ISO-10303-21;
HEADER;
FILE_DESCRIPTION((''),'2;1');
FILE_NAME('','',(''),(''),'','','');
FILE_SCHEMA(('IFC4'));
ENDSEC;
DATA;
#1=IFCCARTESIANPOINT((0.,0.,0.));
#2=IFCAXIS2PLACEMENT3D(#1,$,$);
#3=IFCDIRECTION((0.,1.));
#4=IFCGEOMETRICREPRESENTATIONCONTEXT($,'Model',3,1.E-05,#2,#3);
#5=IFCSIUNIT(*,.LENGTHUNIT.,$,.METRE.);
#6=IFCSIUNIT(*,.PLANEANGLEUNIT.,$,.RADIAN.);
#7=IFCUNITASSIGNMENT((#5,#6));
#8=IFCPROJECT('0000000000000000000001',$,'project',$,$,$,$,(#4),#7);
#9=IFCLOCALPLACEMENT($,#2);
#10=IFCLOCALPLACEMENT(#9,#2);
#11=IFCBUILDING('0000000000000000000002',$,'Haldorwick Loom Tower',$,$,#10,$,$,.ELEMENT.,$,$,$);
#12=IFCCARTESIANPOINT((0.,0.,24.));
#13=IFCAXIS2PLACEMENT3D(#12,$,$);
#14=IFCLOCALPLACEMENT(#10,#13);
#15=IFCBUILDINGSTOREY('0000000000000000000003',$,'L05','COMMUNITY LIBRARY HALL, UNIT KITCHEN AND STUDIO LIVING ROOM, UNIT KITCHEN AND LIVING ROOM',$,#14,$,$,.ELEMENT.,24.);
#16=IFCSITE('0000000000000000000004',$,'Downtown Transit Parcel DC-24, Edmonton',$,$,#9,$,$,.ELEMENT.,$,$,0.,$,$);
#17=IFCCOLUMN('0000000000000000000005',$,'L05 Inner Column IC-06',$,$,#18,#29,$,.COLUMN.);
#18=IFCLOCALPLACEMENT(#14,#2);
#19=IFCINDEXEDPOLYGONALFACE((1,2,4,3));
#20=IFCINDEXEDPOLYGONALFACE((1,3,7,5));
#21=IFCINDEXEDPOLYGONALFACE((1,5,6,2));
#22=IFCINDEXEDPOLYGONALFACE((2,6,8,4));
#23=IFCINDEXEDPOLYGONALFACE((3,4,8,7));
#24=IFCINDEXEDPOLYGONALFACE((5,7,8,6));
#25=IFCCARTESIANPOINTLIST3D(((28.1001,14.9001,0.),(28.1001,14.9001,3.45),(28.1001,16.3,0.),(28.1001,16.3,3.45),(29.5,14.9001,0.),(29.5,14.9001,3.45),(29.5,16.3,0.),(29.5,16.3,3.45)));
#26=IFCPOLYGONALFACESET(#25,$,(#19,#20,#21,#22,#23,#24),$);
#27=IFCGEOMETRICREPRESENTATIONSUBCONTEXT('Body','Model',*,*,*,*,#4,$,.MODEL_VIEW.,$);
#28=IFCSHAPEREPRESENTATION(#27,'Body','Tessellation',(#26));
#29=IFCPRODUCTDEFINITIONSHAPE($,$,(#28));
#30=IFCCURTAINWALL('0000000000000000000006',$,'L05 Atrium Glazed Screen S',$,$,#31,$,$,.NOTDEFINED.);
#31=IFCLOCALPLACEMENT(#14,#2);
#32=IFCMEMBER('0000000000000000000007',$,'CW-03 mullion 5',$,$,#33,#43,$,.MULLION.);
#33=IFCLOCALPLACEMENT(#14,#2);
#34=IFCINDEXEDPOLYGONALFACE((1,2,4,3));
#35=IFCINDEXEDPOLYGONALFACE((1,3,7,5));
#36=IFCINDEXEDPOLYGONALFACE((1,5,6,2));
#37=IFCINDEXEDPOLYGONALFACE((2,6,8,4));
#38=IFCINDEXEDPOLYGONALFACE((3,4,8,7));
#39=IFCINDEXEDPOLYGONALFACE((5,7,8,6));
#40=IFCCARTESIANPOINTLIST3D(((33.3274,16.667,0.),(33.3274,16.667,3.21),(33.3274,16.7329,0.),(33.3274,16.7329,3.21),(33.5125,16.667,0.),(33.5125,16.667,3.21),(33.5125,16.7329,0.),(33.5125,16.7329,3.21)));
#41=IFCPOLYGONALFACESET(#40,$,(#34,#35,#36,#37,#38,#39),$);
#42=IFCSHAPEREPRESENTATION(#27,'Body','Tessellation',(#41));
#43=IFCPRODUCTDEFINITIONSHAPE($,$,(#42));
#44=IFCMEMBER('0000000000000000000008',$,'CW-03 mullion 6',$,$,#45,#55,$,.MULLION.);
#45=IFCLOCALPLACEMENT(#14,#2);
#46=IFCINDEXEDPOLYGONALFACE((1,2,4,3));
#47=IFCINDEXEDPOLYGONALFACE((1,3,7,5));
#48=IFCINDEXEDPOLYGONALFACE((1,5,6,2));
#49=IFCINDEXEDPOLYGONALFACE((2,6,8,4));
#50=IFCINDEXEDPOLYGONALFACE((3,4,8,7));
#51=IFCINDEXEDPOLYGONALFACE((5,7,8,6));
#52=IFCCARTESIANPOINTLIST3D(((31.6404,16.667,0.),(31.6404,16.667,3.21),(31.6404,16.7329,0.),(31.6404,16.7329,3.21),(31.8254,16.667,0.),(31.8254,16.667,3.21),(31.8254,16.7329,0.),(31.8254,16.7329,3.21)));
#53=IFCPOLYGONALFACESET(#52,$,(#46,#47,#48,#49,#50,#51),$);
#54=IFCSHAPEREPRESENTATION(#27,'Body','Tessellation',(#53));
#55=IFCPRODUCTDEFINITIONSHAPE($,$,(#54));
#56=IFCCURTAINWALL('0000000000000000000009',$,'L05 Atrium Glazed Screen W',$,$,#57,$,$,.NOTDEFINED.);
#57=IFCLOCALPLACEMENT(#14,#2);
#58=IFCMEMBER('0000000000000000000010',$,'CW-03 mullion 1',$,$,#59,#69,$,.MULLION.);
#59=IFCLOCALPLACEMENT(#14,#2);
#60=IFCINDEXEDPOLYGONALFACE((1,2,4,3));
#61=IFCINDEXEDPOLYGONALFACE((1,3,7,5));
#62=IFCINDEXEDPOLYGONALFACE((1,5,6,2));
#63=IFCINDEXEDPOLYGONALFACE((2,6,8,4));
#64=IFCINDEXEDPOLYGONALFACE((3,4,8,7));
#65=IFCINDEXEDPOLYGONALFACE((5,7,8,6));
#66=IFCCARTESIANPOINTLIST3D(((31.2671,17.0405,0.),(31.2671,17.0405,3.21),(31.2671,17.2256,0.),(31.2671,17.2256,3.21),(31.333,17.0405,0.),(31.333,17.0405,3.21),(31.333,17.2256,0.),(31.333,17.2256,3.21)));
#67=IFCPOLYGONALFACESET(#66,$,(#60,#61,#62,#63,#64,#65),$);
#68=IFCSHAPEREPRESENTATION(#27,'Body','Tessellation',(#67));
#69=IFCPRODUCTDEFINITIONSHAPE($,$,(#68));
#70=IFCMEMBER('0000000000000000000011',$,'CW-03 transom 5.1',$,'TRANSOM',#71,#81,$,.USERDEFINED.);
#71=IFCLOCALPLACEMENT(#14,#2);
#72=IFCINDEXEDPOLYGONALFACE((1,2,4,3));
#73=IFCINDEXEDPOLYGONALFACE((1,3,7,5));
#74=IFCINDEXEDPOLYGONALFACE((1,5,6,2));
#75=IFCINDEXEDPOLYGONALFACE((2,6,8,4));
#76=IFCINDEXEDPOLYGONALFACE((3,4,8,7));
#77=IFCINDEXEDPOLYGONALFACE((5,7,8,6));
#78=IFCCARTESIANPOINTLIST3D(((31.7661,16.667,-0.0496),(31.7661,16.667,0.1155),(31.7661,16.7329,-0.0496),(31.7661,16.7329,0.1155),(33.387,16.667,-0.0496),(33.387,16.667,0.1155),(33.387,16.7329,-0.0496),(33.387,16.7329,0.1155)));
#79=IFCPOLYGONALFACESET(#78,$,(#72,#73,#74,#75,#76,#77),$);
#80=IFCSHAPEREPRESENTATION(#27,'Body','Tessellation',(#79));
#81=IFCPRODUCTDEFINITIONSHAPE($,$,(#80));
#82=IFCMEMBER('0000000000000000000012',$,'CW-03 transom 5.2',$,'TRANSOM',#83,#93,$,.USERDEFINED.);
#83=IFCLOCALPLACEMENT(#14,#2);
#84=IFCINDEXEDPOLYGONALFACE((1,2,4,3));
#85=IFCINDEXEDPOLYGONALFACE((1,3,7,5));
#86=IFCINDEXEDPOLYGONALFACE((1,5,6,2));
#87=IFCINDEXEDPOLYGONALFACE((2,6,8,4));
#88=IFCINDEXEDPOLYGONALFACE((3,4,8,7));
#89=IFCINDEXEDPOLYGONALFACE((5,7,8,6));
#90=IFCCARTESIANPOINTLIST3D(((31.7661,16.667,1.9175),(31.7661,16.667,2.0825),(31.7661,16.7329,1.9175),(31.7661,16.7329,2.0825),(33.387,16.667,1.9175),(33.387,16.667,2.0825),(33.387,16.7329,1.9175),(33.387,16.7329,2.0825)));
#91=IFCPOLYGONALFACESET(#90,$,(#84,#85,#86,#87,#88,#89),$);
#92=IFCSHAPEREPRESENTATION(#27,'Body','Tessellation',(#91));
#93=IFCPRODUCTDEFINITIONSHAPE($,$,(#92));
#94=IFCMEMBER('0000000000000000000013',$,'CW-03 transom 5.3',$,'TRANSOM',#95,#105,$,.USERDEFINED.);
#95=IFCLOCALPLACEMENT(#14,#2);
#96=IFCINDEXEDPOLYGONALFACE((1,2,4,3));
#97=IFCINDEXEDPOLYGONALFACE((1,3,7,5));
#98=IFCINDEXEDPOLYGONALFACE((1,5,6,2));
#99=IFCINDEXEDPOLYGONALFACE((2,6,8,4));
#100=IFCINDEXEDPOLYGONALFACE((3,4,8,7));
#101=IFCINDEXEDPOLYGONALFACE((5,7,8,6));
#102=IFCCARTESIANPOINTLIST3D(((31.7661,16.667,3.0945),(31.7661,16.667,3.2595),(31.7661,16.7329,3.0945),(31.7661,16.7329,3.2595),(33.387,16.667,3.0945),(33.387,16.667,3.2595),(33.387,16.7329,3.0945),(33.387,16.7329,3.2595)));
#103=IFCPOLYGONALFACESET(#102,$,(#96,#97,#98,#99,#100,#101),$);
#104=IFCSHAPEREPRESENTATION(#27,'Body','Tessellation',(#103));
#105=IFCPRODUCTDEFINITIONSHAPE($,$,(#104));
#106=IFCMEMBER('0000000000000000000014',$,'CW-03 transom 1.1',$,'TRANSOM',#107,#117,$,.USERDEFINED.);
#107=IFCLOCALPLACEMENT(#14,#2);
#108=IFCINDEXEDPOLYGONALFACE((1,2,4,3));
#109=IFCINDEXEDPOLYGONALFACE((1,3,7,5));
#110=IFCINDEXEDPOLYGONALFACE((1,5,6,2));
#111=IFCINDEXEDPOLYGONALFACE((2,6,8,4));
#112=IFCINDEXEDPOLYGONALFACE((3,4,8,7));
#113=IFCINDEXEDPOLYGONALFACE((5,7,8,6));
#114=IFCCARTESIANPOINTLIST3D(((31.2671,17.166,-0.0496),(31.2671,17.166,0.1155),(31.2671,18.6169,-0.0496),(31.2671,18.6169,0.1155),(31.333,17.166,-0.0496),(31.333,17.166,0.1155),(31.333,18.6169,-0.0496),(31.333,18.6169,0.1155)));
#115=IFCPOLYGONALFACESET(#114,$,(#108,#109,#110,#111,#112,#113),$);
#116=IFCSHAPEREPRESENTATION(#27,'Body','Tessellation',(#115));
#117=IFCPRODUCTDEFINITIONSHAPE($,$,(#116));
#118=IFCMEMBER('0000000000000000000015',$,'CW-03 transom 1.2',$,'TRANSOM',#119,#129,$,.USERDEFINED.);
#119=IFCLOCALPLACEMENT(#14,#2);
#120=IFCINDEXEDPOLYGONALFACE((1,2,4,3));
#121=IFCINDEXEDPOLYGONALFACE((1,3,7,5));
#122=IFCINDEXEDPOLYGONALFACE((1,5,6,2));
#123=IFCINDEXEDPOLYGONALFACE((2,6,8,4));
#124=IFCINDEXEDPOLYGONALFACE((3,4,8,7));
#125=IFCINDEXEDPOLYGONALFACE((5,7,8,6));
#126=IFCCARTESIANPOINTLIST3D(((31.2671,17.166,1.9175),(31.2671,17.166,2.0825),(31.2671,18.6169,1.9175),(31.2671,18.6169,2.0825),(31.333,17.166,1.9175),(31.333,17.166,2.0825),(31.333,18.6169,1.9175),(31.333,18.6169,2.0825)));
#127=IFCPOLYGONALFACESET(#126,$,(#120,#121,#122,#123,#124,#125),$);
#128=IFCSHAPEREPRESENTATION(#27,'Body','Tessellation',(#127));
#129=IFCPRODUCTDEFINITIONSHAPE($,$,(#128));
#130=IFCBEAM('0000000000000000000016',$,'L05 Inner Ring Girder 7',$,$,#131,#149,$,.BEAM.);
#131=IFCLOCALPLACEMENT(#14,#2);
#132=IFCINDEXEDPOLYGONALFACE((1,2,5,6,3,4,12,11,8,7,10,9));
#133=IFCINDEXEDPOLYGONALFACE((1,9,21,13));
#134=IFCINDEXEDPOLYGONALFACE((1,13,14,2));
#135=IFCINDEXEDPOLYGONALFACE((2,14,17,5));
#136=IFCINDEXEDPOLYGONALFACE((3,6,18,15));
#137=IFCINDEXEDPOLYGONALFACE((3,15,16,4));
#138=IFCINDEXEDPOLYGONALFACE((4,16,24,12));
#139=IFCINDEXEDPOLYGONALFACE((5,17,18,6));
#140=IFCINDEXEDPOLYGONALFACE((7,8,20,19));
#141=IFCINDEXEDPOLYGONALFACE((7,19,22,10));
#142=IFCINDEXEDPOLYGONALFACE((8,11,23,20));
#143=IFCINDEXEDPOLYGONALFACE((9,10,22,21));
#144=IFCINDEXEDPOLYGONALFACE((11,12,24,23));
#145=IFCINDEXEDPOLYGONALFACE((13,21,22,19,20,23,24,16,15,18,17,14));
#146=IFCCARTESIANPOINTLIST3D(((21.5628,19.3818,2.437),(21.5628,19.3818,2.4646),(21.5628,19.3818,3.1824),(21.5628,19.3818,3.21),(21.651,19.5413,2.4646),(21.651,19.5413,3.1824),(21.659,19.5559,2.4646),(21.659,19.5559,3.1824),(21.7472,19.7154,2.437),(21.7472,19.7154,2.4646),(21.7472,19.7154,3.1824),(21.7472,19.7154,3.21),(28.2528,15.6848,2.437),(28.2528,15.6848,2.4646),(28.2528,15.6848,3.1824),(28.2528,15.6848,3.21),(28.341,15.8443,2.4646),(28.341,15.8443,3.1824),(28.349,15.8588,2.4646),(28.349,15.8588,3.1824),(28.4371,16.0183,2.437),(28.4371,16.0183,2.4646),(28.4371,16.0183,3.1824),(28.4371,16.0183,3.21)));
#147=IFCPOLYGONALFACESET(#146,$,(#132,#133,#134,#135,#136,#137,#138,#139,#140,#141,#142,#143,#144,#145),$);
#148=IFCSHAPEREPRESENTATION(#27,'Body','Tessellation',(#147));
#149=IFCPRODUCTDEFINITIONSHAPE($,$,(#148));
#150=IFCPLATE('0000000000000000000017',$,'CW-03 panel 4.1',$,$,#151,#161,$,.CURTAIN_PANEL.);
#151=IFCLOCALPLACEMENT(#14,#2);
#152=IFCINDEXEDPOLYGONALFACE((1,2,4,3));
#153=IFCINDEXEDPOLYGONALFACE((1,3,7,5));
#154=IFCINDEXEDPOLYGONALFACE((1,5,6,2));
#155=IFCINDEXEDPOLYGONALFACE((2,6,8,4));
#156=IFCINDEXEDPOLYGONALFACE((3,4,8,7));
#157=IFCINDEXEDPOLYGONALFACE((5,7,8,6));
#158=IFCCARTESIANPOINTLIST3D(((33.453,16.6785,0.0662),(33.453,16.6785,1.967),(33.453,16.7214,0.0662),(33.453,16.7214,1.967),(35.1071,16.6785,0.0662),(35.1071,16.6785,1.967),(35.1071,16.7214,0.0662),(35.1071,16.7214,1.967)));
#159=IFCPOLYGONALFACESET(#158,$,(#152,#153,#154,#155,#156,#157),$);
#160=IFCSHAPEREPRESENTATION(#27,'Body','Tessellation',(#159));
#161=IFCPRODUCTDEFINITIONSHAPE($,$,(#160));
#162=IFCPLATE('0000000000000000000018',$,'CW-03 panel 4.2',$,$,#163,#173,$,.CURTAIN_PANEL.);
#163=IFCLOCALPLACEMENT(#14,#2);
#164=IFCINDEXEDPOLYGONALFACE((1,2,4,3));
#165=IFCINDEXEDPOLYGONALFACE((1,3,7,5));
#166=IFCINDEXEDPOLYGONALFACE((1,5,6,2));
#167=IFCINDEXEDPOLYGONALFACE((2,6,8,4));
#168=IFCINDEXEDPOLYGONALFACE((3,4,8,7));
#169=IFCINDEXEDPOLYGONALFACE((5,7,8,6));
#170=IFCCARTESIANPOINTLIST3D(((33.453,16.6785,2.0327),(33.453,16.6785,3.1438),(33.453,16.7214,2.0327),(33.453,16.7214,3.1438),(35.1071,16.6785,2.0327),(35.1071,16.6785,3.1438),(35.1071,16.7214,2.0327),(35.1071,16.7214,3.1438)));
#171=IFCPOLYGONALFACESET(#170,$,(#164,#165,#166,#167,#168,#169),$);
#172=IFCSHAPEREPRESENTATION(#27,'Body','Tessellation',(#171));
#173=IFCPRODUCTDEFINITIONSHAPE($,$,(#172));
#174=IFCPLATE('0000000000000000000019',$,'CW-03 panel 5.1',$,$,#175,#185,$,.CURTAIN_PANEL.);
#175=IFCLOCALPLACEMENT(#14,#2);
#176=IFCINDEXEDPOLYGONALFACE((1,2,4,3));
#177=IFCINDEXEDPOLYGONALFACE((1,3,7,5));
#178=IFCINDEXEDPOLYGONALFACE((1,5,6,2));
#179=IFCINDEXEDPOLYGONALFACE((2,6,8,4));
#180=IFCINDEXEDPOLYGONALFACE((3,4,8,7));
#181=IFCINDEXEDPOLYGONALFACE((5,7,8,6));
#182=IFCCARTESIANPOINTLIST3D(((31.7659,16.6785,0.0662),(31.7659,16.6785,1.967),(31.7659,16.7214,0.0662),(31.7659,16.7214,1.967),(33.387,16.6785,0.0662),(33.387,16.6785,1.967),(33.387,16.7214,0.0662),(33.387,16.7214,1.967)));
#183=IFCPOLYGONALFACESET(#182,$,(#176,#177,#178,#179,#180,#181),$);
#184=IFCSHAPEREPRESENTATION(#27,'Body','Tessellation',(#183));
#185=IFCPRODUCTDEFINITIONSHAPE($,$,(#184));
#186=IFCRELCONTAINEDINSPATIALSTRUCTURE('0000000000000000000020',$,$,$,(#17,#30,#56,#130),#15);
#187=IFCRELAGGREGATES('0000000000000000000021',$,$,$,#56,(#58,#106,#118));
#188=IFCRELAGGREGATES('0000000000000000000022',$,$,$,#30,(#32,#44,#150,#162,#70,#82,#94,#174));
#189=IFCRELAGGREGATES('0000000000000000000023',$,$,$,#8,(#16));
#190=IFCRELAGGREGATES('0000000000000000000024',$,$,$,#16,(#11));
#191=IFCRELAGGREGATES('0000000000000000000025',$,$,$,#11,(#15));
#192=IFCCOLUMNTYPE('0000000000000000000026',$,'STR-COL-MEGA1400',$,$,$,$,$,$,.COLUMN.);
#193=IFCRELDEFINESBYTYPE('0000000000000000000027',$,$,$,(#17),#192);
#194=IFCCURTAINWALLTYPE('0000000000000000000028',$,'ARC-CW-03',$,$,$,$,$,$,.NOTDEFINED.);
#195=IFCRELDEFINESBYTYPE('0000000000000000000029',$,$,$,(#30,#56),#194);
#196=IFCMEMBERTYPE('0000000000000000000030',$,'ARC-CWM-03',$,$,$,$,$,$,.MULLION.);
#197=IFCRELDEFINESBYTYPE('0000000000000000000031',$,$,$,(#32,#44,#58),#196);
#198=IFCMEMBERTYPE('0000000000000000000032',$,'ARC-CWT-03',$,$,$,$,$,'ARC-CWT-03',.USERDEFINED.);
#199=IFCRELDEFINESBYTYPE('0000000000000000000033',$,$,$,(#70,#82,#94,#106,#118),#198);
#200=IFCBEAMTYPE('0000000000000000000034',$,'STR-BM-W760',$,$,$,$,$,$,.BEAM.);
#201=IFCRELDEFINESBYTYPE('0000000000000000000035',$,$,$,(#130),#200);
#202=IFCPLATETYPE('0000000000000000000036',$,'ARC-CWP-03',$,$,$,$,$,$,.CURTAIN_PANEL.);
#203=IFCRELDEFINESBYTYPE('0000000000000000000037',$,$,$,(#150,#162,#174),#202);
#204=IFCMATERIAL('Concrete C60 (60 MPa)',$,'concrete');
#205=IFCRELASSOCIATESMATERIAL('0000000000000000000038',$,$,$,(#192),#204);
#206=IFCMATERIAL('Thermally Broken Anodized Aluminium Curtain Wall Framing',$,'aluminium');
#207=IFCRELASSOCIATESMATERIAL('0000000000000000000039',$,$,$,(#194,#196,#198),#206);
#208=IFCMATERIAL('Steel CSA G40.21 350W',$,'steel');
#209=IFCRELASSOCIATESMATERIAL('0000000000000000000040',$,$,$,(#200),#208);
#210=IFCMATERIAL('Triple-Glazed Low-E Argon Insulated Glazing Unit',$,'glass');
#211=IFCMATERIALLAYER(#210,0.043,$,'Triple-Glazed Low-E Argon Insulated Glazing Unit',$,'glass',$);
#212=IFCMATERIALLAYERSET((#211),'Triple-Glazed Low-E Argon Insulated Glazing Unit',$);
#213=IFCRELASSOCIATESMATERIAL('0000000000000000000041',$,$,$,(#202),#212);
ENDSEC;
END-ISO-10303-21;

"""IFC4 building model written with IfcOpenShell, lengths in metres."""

from ifc_helpers import new_model, si_unit, direction, frame, origin, origin_2d, place, context, subcontext, project, spatial, rectangle, i_section, extrude, material, layer, layer_set, material_profile, profile_set, type_object, element, aggregate, save


model = new_model("IFC4")

# Units and contexts
model_context = context("Model", 3, precision=1e-05, world=origin(), true_north=direction((0.0, 1.0)))
body_context = subcontext(model_context, "Body", "Model", "MODEL_VIEW")
ifc_project = project(units=[si_unit("LENGTHUNIT", "METRE"), si_unit("PLANEANGLEUNIT", "RADIAN")], contexts=[model_context])

# Site, building, storey
site_placement = place(None, origin())
site = spatial("IfcSite", under=ifc_project, at=site_placement, Name="Downtown Transit Parcel DC-24, Edmonton", CompositionType="ELEMENT", RefElevation=0.0)
building_placement = place(site_placement, origin())
building = spatial("IfcBuilding", under=site, at=building_placement, Name="Haldorwick Loom Tower", CompositionType="ELEMENT")
storey_placement = place(building_placement, frame((0.0, 0.0, 24.0)))
storey = spatial("IfcBuildingStorey", under=building, at=storey_placement, Name="L05", Description="COMMUNITY LIBRARY HALL, UNIT KITCHEN AND STUDIO LIVING ROOM, UNIT KITCHEN AND LIVING ROOM", CompositionType="ELEMENT", Elevation=24.0)

# Column
ifc_material_1 = material(Name="Concrete C60 (60 MPa)", Category="concrete")
ifc_material_profile_1 = material_profile(ifc_material_1, rectangle(XDim=1.3999, YDim=1.3999, at=origin_2d()), Name="RC1400X1400", Category="concrete")
ifc_profile_set_1 = profile_set([ifc_material_profile_1], Name="Concrete C60 (60 MPa)")
column_type = type_object("IfcColumnType", Name="STR-COL-MEGA1400", PredefinedType="COLUMN", material=ifc_profile_set_1)
column_placement = place(storey_placement, frame((28.8, 15.6001, 0.0), z_axis=(0.0, 0.0, 1.0), x_axis=(1.0, 0.0, 0.0)))
element("IfcColumn", 1, at=column_placement, inside=storey, type_object=column_type, Name="L05 Inner Column IC-06", PredefinedType="COLUMN", context=body_context, shape_type="SweptSolid", body=[
    extrude(rectangle(XDim=1.3999, YDim=1.3999, at=origin_2d()), origin(), (0.0, 0.0, 1.0), 3.45),
])

# Curtain wall, members
ifc_material_2 = material(Name="Thermally Broken Anodized Aluminium Curtain Wall Framing", Category="aluminium")
curtain_wall_type = type_object("IfcCurtainWallType", Name="ARC-CW-03", PredefinedType="NOTDEFINED", material=ifc_material_2)
curtain_wall_1_placement = place(storey_placement, origin())
curtain_wall_1 = element("IfcCurtainWall", 2, at=curtain_wall_1_placement, inside=storey, type_object=curtain_wall_type, Name="L05 Atrium Glazed Screen S", PredefinedType="NOTDEFINED")
ifc_material_profile_2 = material_profile(ifc_material_2, rectangle(XDim=0.0659, YDim=0.1851, at=origin_2d()), Name="ALU_MUL_66X185", Category="aluminium")
ifc_profile_set_2 = profile_set([ifc_material_profile_2], Name="Thermally Broken Anodized Aluminium Curtain Wall Framing")
member_type_1 = type_object("IfcMemberType", Name="ARC-CWM-03", PredefinedType="MULLION", material=ifc_profile_set_2)
member_1_placement = place(storey_placement, frame((33.4199, 16.7, 0.0), z_axis=(0.0, 0.0, 1.0), x_axis=(0.0, -1.0, 0.0)))
member_1 = element("IfcMember", 3, at=member_1_placement, type_object=member_type_1, Name="CW-03 mullion 5", PredefinedType="MULLION", context=body_context, shape_type="SweptSolid", body=[
    extrude(rectangle(XDim=0.0659, YDim=0.1851, at=origin_2d()), origin(), (0.0, 0.0, 1.0), 3.21),
])
member_2_placement = place(storey_placement, frame((31.7329, 16.7, 0.0), z_axis=(0.0, 0.0, 1.0), x_axis=(0.0, -1.0, 0.0)))
member_2 = element("IfcMember", 4, at=member_2_placement, type_object=member_type_1, Name="CW-03 mullion 6", PredefinedType="MULLION", context=body_context, shape_type="SweptSolid", body=[
    extrude(rectangle(XDim=0.0659, YDim=0.1851, at=origin_2d()), origin(), (0.0, 0.0, 1.0), 3.21),
])

# Curtain wall, member
curtain_wall_2_placement = place(storey_placement, origin())
curtain_wall_2 = element("IfcCurtainWall", 5, at=curtain_wall_2_placement, inside=storey, type_object=curtain_wall_type, Name="L05 Atrium Glazed Screen W", PredefinedType="NOTDEFINED")
member_3_placement = place(storey_placement, frame((31.3, 17.1331, 0.0), z_axis=(0.0, 0.0, 1.0), x_axis=(-1.0, 0.0, 0.0)))
member_3 = element("IfcMember", 6, at=member_3_placement, type_object=member_type_1, Name="CW-03 mullion 1", PredefinedType="MULLION", context=body_context, shape_type="SweptSolid", body=[
    extrude(rectangle(XDim=0.0659, YDim=0.1851, at=origin_2d()), origin(), (0.0, 0.0, 1.0), 3.21),
])

# Members
ifc_material_profile_3 = material_profile(ifc_material_2, rectangle(XDim=0.0659, YDim=0.165, at=origin_2d()), Name="ALU_TRN_66X165", Category="aluminium")
ifc_profile_set_3 = profile_set([ifc_material_profile_3], Name="Thermally Broken Anodized Aluminium Curtain Wall Framing")
member_type_2 = type_object("IfcMemberType", Name="ARC-CWT-03", ElementType="ARC-CWT-03", PredefinedType="USERDEFINED", material=ifc_profile_set_3)
member_4_placement = place(storey_placement, frame((33.387, 16.7, 0.033), z_axis=(-1.0, 0.0, 0.0), x_axis=(0.0, -1.0, 0.0)))
member_4 = element("IfcMember", 7, at=member_4_placement, type_object=member_type_2, Name="CW-03 transom 5.1", ObjectType="TRANSOM", PredefinedType="USERDEFINED", context=body_context, shape_type="SweptSolid", body=[
    extrude(rectangle(XDim=0.0659, YDim=0.165, at=origin_2d()), origin(), (0.0, 0.0, 1.0), 1.6208),
])
member_5_placement = place(storey_placement, frame((33.387, 16.7, 2.0), z_axis=(-1.0, 0.0, 0.0), x_axis=(0.0, -1.0, 0.0)))
member_5 = element("IfcMember", 8, at=member_5_placement, type_object=member_type_2, Name="CW-03 transom 5.2", ObjectType="TRANSOM", PredefinedType="USERDEFINED", context=body_context, shape_type="SweptSolid", body=[
    extrude(rectangle(XDim=0.0659, YDim=0.165, at=origin_2d()), origin(), (0.0, 0.0, 1.0), 1.6208),
])
member_6_placement = place(storey_placement, frame((33.387, 16.7, 3.177), z_axis=(-1.0, 0.0, 0.0), x_axis=(0.0, -1.0, 0.0)))
member_6 = element("IfcMember", 9, at=member_6_placement, type_object=member_type_2, Name="CW-03 transom 5.3", ObjectType="TRANSOM", PredefinedType="USERDEFINED", context=body_context, shape_type="SweptSolid", body=[
    extrude(rectangle(XDim=0.0659, YDim=0.165, at=origin_2d()), origin(), (0.0, 0.0, 1.0), 1.6208),
])
member_7_placement = place(storey_placement, frame((31.3, 17.166, 0.033), z_axis=(0.0, 1.0, 0.0), x_axis=(-1.0, 0.0, 0.0)))
member_7 = element("IfcMember", 10, at=member_7_placement, type_object=member_type_2, Name="CW-03 transom 1.1", ObjectType="TRANSOM", PredefinedType="USERDEFINED", context=body_context, shape_type="SweptSolid", body=[
    extrude(rectangle(XDim=0.0659, YDim=0.165, at=origin_2d()), origin(), (0.0, 0.0, 1.0), 1.4509),
])
member_8_placement = place(storey_placement, frame((31.3, 17.166, 2.0), z_axis=(0.0, 1.0, 0.0), x_axis=(-1.0, 0.0, 0.0)))
member_8 = element("IfcMember", 11, at=member_8_placement, type_object=member_type_2, Name="CW-03 transom 1.2", ObjectType="TRANSOM", PredefinedType="USERDEFINED", context=body_context, shape_type="SweptSolid", body=[
    extrude(rectangle(XDim=0.0659, YDim=0.165, at=origin_2d()), origin(), (0.0, 0.0, 1.0), 1.4509),
])
aggregate(curtain_wall_2, [member_3, member_7, member_8])

# Beam
ifc_material_3 = material(Name="Steel CSA G40.21 350W", Category="steel")
ifc_material_profile_4 = material_profile(ifc_material_3, i_section(OverallWidth=0.3811, OverallDepth=0.7729, WebThickness=0.0166, FlangeThickness=0.0276, at=origin_2d()), Name="W760X257", Category="steel")
ifc_profile_set_4 = profile_set([ifc_material_profile_4], Name="Steel CSA G40.21 350W")
beam_type = type_object("IfcBeamType", Name="STR-BM-W760", PredefinedType="BEAM", material=ifc_profile_set_4)
beam_placement = place(storey_placement, frame((28.345, 15.8516, 2.8235), z_axis=(-0.875244, 0.483681, 0.0), x_axis=(-0.483681, -0.875244, 0.0)))
element("IfcBeam", 12, at=beam_placement, inside=storey, type_object=beam_type, Name="L05 Inner Ring Girder 7", PredefinedType="BEAM", context=body_context, shape_type="SweptSolid", body=[
    extrude(i_section(OverallWidth=0.3811, OverallDepth=0.7729, WebThickness=0.0166, FlangeThickness=0.0276, at=origin_2d()), origin(), (0.0, 0.0, 1.0), 7.6436),
])

# Plates
ifc_material_4 = material(Name="Triple-Glazed Low-E Argon Insulated Glazing Unit", Category="glass")
ifc_layer_1 = layer(ifc_material_4, 0.043, Name="Triple-Glazed Low-E Argon Insulated Glazing Unit", Category="glass")
ifc_layer_set_1 = layer_set([ifc_layer_1], Name="Triple-Glazed Low-E Argon Insulated Glazing Unit")
plate_type = type_object("IfcPlateType", Name="ARC-CWP-03", PredefinedType="CURTAIN_PANEL", material=ifc_layer_set_1)
plate_1_placement = place(storey_placement, frame((34.28, 16.7, 0.0662), z_axis=(0.0, 0.0, 1.0), x_axis=(-1.0, 0.0, 0.0)))
plate_1 = element("IfcPlate", 13, at=plate_1_placement, type_object=plate_type, Name="CW-03 panel 4.1", PredefinedType="CURTAIN_PANEL", context=body_context, shape_type="SweptSolid", body=[
    extrude(rectangle(XDim=1.6541, YDim=0.043, at=origin_2d()), origin(), (0.0, 0.0, 1.0), 1.9009),
])
plate_2_placement = place(storey_placement, frame((34.28, 16.7, 2.0327), z_axis=(0.0, 0.0, 1.0), x_axis=(-1.0, 0.0, 0.0)))
plate_2 = element("IfcPlate", 14, at=plate_2_placement, type_object=plate_type, Name="CW-03 panel 4.2", PredefinedType="CURTAIN_PANEL", context=body_context, shape_type="SweptSolid", body=[
    extrude(rectangle(XDim=1.6541, YDim=0.043, at=origin_2d()), origin(), (0.0, 0.0, 1.0), 1.1111),
])
plate_3_placement = place(storey_placement, frame((32.5764, 16.7, 0.0662), z_axis=(0.0, 0.0, 1.0), x_axis=(-1.0, 0.0, 0.0)))
plate_3 = element("IfcPlate", 15, at=plate_3_placement, type_object=plate_type, Name="CW-03 panel 5.1", PredefinedType="CURTAIN_PANEL", context=body_context, shape_type="SweptSolid", body=[
    extrude(rectangle(XDim=1.6211, YDim=0.043, at=origin_2d()), origin(), (0.0, 0.0, 1.0), 1.9009),
])
aggregate(curtain_wall_1, [member_1, member_2, plate_1, plate_2, member_4, member_5, member_6, plate_3])

save(model, "model.ifc")
